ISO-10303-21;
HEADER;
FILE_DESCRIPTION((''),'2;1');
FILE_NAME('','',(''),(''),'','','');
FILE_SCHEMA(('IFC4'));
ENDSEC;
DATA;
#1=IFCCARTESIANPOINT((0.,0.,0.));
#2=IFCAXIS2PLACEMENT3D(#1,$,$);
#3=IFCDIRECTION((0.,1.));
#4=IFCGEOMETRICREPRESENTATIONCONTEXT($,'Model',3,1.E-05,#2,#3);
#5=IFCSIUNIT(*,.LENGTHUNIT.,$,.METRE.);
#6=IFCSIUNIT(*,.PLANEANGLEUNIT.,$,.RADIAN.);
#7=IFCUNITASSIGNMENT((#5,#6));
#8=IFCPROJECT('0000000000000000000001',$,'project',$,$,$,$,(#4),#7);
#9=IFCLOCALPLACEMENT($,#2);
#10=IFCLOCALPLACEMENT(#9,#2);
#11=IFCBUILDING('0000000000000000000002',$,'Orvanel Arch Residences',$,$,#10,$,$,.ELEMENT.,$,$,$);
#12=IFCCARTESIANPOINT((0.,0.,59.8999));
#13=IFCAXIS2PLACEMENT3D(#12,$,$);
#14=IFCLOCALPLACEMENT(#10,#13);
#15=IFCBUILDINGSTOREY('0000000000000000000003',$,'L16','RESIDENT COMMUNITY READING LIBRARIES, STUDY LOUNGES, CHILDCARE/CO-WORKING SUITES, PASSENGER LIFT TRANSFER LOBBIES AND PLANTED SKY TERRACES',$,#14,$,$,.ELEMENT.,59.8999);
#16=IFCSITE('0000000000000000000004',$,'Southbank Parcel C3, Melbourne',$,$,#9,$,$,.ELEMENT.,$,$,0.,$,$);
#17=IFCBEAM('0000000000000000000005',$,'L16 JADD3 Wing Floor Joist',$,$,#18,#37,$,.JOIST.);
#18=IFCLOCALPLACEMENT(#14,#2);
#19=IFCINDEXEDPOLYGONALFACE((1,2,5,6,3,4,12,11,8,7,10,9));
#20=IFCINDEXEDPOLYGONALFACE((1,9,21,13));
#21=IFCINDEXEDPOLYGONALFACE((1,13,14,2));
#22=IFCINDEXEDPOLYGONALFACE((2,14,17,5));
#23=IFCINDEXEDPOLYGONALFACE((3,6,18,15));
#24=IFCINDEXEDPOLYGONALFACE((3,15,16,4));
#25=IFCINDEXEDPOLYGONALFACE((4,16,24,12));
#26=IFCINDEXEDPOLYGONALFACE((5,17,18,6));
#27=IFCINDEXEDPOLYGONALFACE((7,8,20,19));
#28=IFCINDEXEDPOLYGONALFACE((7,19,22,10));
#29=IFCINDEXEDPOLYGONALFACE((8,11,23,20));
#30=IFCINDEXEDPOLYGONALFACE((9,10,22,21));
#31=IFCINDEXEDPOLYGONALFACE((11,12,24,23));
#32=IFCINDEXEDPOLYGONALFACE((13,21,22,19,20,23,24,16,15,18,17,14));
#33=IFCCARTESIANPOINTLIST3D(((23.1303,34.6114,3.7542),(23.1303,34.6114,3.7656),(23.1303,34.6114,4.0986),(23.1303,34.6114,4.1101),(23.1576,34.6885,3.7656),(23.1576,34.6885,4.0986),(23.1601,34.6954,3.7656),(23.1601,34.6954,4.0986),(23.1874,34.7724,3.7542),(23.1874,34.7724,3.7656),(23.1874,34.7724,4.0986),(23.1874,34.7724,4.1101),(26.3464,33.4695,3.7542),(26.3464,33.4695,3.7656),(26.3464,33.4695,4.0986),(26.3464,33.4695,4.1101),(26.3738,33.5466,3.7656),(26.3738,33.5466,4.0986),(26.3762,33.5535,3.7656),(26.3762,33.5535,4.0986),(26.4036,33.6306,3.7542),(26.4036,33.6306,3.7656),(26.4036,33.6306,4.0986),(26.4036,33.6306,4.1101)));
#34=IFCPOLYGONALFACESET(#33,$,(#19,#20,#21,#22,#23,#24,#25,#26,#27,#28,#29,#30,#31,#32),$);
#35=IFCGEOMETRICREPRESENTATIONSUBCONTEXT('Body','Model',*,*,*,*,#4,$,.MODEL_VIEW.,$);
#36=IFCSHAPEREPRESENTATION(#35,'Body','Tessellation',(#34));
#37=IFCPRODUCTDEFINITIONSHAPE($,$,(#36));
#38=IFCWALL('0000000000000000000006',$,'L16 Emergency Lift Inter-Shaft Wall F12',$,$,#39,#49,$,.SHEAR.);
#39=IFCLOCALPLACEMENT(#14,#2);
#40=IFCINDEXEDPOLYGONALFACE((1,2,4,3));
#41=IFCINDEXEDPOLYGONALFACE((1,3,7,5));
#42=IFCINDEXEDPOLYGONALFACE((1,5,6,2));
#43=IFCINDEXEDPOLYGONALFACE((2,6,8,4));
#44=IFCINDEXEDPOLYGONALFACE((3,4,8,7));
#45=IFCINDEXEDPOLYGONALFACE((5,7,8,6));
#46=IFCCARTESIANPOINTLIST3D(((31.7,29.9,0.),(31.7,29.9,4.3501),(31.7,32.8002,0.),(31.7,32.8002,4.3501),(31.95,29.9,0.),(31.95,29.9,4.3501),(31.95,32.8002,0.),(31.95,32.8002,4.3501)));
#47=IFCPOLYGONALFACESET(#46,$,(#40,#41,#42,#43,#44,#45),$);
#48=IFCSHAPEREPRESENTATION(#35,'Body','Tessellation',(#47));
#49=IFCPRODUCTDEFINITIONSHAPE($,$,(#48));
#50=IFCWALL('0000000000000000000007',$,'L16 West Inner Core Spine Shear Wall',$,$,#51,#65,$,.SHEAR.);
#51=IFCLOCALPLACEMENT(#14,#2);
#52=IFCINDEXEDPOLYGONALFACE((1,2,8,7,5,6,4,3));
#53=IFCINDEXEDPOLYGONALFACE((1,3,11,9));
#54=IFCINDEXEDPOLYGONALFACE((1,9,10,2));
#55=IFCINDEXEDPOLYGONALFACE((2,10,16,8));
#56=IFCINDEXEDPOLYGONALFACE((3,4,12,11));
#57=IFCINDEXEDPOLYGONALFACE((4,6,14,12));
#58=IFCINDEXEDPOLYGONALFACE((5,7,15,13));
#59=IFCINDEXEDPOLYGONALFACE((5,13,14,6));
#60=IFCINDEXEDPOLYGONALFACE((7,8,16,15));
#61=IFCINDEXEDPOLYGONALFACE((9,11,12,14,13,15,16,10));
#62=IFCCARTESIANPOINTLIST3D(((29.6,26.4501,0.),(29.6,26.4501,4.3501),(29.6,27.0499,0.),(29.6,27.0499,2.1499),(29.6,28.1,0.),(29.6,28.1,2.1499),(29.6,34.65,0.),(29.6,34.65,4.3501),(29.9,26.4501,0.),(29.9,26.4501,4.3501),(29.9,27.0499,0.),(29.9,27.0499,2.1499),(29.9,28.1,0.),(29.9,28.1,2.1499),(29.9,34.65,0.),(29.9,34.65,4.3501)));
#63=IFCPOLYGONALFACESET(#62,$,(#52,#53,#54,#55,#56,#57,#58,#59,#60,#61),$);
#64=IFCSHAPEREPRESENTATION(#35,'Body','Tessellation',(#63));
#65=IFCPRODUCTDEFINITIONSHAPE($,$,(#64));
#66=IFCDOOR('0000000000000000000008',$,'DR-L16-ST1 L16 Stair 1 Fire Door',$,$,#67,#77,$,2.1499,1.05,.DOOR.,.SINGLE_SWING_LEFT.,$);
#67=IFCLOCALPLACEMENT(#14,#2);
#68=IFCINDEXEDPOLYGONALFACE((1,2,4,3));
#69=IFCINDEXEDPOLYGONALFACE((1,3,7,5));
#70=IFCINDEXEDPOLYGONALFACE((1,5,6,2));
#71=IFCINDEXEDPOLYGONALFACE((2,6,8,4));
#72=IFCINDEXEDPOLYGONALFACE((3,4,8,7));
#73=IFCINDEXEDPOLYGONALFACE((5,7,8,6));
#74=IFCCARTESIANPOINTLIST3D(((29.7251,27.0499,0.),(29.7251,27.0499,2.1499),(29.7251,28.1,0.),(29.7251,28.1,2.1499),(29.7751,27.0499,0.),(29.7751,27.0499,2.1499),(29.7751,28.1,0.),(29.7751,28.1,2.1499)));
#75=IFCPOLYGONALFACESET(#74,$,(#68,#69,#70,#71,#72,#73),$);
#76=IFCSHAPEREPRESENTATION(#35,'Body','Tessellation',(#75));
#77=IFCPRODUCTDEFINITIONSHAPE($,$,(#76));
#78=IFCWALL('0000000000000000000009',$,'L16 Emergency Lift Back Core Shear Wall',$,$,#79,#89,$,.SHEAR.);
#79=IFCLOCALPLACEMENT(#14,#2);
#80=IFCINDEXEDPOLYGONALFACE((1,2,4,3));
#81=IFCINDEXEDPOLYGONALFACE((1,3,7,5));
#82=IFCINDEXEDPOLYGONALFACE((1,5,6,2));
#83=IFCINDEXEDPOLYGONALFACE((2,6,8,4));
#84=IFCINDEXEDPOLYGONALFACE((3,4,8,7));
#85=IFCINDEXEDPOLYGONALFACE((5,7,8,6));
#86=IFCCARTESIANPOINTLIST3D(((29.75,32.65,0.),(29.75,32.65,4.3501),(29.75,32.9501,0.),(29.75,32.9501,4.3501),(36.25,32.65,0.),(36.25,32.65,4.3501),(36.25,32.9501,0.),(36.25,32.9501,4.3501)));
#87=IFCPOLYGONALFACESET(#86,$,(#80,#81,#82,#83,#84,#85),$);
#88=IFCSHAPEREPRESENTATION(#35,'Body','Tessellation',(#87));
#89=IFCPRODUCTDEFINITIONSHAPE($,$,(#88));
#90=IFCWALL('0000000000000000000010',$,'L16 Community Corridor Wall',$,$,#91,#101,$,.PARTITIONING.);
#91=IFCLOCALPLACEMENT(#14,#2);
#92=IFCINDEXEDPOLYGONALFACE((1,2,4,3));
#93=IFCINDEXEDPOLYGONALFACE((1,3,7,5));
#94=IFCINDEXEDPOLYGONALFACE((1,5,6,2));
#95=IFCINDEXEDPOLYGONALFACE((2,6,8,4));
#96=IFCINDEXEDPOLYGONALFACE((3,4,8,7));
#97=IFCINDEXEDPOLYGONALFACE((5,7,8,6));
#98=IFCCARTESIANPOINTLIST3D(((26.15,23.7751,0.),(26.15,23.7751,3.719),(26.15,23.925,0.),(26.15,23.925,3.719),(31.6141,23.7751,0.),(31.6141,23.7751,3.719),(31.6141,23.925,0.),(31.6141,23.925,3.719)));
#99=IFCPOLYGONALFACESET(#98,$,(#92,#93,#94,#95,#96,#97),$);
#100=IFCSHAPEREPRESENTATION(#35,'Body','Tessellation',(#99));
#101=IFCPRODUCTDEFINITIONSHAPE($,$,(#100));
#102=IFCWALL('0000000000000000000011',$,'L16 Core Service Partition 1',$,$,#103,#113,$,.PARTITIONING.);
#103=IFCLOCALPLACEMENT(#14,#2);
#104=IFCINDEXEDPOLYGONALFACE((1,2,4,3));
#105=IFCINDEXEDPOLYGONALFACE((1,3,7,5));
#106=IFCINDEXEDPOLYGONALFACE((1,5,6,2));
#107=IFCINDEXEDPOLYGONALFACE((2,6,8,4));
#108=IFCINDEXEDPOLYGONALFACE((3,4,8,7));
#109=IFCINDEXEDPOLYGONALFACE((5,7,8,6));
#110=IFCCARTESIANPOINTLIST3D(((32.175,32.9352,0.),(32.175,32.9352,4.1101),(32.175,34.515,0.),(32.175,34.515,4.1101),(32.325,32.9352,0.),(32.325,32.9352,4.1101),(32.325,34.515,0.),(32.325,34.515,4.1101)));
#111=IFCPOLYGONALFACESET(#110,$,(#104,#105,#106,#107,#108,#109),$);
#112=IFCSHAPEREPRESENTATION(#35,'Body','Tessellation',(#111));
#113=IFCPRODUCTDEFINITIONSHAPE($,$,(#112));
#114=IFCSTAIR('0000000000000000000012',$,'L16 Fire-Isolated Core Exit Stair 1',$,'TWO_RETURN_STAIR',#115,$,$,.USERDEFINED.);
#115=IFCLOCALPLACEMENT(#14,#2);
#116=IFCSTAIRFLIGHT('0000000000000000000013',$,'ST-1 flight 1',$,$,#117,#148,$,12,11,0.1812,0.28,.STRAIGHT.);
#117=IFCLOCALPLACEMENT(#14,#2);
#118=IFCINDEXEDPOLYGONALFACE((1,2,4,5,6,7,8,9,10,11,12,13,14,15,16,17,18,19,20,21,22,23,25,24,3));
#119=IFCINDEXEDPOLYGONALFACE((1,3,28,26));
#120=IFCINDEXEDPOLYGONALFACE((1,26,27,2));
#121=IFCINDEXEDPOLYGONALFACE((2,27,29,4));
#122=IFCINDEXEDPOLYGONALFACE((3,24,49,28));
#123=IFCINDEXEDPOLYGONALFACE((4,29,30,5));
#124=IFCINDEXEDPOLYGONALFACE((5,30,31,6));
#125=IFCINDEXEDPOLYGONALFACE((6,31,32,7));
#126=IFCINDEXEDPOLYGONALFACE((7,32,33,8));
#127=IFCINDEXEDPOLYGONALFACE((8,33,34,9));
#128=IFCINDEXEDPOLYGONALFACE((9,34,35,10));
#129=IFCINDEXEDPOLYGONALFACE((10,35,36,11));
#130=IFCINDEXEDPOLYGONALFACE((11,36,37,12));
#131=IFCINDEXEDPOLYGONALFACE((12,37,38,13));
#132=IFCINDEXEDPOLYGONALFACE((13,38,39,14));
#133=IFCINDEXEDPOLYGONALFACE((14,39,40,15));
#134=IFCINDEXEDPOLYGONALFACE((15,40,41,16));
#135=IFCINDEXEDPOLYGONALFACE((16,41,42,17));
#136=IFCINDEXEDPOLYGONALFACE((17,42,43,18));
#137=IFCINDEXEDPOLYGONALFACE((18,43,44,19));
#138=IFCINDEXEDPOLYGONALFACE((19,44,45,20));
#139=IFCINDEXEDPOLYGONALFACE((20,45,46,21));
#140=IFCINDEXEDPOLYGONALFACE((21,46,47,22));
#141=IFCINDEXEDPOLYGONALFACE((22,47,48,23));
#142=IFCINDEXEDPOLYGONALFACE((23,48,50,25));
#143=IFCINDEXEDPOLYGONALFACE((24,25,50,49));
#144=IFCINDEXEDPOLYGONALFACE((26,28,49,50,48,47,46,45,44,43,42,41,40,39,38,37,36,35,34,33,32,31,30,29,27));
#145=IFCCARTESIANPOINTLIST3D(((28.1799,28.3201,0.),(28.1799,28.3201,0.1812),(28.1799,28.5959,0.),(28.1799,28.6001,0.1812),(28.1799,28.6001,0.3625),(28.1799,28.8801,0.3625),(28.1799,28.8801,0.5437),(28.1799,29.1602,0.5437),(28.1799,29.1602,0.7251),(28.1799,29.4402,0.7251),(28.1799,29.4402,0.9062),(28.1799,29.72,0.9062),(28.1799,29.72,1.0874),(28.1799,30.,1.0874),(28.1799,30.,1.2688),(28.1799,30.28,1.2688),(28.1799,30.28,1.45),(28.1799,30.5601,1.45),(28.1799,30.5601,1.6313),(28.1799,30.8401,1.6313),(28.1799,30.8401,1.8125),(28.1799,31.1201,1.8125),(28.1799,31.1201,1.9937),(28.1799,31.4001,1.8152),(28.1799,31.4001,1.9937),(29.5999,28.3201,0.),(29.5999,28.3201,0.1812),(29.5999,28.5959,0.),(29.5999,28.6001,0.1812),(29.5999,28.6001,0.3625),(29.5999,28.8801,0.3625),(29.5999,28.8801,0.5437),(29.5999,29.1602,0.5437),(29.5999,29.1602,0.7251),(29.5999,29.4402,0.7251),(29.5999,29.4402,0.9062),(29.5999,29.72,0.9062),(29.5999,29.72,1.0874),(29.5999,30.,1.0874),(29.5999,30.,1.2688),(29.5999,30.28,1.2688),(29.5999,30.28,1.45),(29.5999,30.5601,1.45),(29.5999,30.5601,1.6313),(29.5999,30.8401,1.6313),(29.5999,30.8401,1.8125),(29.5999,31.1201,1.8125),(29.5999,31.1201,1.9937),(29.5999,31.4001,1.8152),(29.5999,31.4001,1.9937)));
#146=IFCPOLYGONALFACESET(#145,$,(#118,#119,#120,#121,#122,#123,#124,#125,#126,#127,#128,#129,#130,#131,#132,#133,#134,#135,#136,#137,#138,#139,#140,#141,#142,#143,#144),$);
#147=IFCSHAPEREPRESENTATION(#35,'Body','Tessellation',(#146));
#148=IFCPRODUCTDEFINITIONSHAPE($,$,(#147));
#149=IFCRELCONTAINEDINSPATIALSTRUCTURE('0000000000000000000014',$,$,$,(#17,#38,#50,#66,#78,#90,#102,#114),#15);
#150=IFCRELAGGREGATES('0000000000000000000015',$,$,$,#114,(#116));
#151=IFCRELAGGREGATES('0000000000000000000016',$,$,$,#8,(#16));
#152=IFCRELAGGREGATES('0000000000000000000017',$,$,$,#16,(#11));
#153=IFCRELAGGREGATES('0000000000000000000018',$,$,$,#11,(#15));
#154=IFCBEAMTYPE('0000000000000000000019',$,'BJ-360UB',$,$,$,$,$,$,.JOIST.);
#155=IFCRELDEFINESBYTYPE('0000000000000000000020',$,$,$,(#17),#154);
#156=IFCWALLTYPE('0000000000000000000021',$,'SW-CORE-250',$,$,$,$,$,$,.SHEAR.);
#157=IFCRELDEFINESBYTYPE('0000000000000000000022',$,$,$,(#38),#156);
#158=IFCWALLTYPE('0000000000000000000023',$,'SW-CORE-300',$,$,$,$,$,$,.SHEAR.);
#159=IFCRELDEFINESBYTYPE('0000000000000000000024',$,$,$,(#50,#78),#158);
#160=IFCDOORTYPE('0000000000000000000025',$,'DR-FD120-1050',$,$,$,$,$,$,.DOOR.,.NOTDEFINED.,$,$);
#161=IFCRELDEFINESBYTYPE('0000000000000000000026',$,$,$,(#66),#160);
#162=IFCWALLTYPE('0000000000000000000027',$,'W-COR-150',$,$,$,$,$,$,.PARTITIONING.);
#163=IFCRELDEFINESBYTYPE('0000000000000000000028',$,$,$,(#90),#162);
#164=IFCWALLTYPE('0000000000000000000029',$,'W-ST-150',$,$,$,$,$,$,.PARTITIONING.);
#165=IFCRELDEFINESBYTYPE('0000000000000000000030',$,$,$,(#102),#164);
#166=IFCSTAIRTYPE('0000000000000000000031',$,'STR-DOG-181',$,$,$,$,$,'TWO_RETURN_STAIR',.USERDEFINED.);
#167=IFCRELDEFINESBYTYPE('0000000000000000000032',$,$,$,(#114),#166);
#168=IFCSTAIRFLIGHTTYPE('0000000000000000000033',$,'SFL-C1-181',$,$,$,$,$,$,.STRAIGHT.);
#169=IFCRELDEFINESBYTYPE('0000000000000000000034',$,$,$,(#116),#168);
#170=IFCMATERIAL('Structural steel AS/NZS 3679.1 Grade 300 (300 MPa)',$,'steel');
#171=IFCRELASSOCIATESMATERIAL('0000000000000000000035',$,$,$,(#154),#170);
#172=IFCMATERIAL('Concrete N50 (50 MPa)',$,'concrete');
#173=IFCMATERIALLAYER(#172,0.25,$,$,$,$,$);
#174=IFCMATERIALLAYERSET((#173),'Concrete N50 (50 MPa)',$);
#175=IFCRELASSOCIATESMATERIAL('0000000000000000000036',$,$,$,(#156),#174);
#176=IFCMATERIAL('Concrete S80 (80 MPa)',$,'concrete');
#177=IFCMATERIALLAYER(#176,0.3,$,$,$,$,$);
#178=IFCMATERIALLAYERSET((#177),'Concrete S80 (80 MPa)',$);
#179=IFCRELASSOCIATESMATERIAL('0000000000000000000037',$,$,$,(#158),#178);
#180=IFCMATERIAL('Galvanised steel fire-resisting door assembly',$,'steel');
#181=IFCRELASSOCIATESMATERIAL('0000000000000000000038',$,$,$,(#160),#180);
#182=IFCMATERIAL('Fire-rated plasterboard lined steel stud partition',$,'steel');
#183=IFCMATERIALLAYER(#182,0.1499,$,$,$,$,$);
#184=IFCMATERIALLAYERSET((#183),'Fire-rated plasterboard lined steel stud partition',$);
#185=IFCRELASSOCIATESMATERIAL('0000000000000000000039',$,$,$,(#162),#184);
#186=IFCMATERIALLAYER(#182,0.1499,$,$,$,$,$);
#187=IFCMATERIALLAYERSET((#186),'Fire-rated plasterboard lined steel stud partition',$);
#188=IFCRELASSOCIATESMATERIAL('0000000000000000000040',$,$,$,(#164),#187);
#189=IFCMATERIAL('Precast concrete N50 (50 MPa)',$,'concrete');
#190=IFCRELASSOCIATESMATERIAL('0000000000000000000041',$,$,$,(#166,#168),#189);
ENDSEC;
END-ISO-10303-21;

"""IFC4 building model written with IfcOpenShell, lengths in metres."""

from ifc_helpers import new_model, si_unit, direction, frame, frame_2d, origin, origin_2d, place, context, subcontext, project, spatial, polyline, rectangle, i_section, outline, extrude, material, layer, layer_set, material_profile, profile_set, type_object, element, fill, aggregate, save


model = new_model("IFC4")

# Units and contexts
model_context = context("Model", 3, precision=1e-05, world=origin(), true_north=direction((0.0, 1.0)))
body_context = subcontext(model_context, "Body", "Model", "MODEL_VIEW")
ifc_project = project(units=[si_unit("LENGTHUNIT", "METRE"), si_unit("PLANEANGLEUNIT", "RADIAN")], contexts=[model_context])

# Site, building, storey
site_placement = place(None, origin())
site = spatial("IfcSite", under=ifc_project, at=site_placement, Name="Southbank Parcel C3, Melbourne", CompositionType="ELEMENT", RefElevation=0.0)
building_placement = place(site_placement, origin())
building = spatial("IfcBuilding", under=site, at=building_placement, Name="Orvanel Arch Residences", CompositionType="ELEMENT")
storey_placement = place(building_placement, frame((0.0, 0.0, 59.8999)))
storey = spatial("IfcBuildingStorey", under=building, at=storey_placement, Name="L16", Description="RESIDENT COMMUNITY READING LIBRARIES, STUDY LOUNGES, CHILDCARE/CO-WORKING SUITES, PASSENGER LIFT TRANSFER LOBBIES AND PLANTED SKY TERRACES", CompositionType="ELEMENT", Elevation=59.8999)

# Beam
ifc_material_1 = material(Name="Structural steel AS/NZS 3679.1 Grade 300 (300 MPa)", Category="steel")
ifc_material_profile_1 = material_profile(ifc_material_1, i_section(OverallWidth=0.1709, OverallDepth=0.356, WebThickness=0.0073, FlangeThickness=0.0115, at=origin_2d()), Name="360UB50.7")
ifc_profile_set_1 = profile_set([ifc_material_profile_1], Name="Structural steel AS/NZS 3679.1 Grade 300 (300 MPa)")
beam_type_1 = type_object("IfcBeamType", Name="BJ-360UB", PredefinedType="JOIST", material=ifc_profile_set_1)
beam_1_placement = place(storey_placement, frame((26.375, 33.55, 3.9321), z_axis=(-0.942367, 0.334582, 0.0), x_axis=(-0.334582, -0.942367, 0.0)))
element("IfcBeam", 1, at=beam_1_placement, inside=storey, type_object=beam_type_1, Name="L16 JADD3 Wing Floor Joist", PredefinedType="JOIST", context=body_context, shape_type="SweptSolid", body=[
    extrude(i_section(OverallWidth=0.1709, OverallDepth=0.356, WebThickness=0.0073, FlangeThickness=0.0115, at=origin_2d()), origin(), (0.0, 0.0, 1.0), 3.4128),
])

# Wall
ifc_material_2 = material(Name="Concrete N50 (50 MPa)", Category="concrete")
ifc_layer_1 = layer(ifc_material_2, 0.25)
ifc_layer_set_1 = layer_set([ifc_layer_1], Name="Concrete N50 (50 MPa)")
wall_type_1 = type_object("IfcWallType", Name="SW-CORE-250", PredefinedType="SHEAR", material=ifc_layer_set_1)
wall_1_placement = place(storey_placement, frame((31.825, 29.8999, 0.0), z_axis=(0.0, 0.0, 1.0), x_axis=(0.0, 1.0, 0.0)))
element("IfcWall", 2, at=wall_1_placement, inside=storey, type_object=wall_type_1, Name="L16 Emergency Lift Inter-Shaft Wall F12", PredefinedType="SHEAR", context=body_context, shape_type="SweptSolid", body=[
    extrude(rectangle(XDim=2.9001, YDim=0.25, at=frame_2d((1.4502, 0.0))), origin(), (0.0, 0.0, 1.0), 4.3501),
])

# Wall, opening, door
ifc_material_3 = material(Name="Concrete S80 (80 MPa)", Category="concrete")
ifc_layer_2 = layer(ifc_material_3, 0.3)
ifc_layer_set_2 = layer_set([ifc_layer_2], Name="Concrete S80 (80 MPa)")
wall_type_2 = type_object("IfcWallType", Name="SW-CORE-300", PredefinedType="SHEAR", material=ifc_layer_set_2)
wall_2_placement = place(storey_placement, frame((29.75, 26.45, 0.0), z_axis=(0.0, 0.0, 1.0), x_axis=(0.0, 1.0, 0.0)))
wall_2 = element("IfcWall", 3, at=wall_2_placement, inside=storey, type_object=wall_type_2, Name="L16 West Inner Core Spine Shear Wall", PredefinedType="SHEAR", context=body_context, shape_type="SweptSolid", body=[
    extrude(rectangle(XDim=8.2, YDim=0.3, at=frame_2d((4.1001, 0.0))), origin(), (0.0, 0.0, 1.0), 4.3501),
])
opening_placement = place(wall_2_placement, frame((0.6001, 0.0, 0.0)))
opening = element("IfcOpeningElement", 4, at=opening_placement, cuts=wall_2, PredefinedType="OPENING", context=body_context, shape_type="SweptSolid", body=[
    extrude(rectangle(XDim=1.05, YDim=2.1499, at=frame_2d((0.5249, 1.075))), frame((0.0, 0.1599, 0.0), z_axis=(0.0, -1.0, 0.0), x_axis=(1.0, 0.0, 0.0)), (0.0, 0.0, 1.0), 0.3201),
])
ifc_material_4 = material(Name="Galvanised steel fire-resisting door assembly", Category="steel")
door_type = type_object("IfcDoorType", Name="DR-FD120-1050", OperationType="NOTDEFINED", PredefinedType="DOOR", material=ifc_material_4)
door_placement = place(opening_placement, origin())
door = element("IfcDoor", 5, at=door_placement, inside=storey, type_object=door_type, Name="DR-L16-ST1 L16 Stair 1 Fire Door", OperationType="SINGLE_SWING_LEFT", OverallHeight=2.1499, OverallWidth=1.05, PredefinedType="DOOR", context=body_context, shape_type="SweptSolid", body=[
    extrude(rectangle(XDim=1.05, YDim=2.1499, at=frame_2d((0.5249, 1.075))), frame((0.0, 0.0249, 0.0), z_axis=(0.0, -1.0, 0.0), x_axis=(1.0, 0.0, 0.0)), (0.0, 0.0, 1.0), 0.05),
])
fill(opening, door)

# Walls
wall_3_placement = place(storey_placement, frame((29.75, 32.8, 0.0), z_axis=(0.0, 0.0, 1.0), x_axis=(1.0, 0.0, 0.0)))
element("IfcWall", 6, at=wall_3_placement, inside=storey, type_object=wall_type_2, Name="L16 Emergency Lift Back Core Shear Wall", PredefinedType="SHEAR", context=body_context, shape_type="SweptSolid", body=[
    extrude(rectangle(XDim=6.5, YDim=0.3, at=frame_2d((3.25, 0.0))), origin(), (0.0, 0.0, 1.0), 4.3501),
])
ifc_material_5 = material(Name="Fire-rated plasterboard lined steel stud partition", Category="steel")
ifc_layer_3 = layer(ifc_material_5, 0.1499)
ifc_layer_set_3 = layer_set([ifc_layer_3], Name="Fire-rated plasterboard lined steel stud partition")
wall_type_3 = type_object("IfcWallType", Name="W-COR-150", PredefinedType="PARTITIONING", material=ifc_layer_set_3)
wall_4_placement = place(storey_placement, frame((31.614, 23.8501, 0.0), z_axis=(0.0, 0.0, 1.0), x_axis=(-1.0, 0.0, 0.0)))
element("IfcWall", 7, at=wall_4_placement, inside=storey, type_object=wall_type_3, Name="L16 Community Corridor Wall", PredefinedType="PARTITIONING", context=body_context, shape_type="SweptSolid", body=[
    extrude(rectangle(XDim=5.4641, YDim=0.1499, at=frame_2d((2.7319, 0.0))), origin(), (0.0, 0.0, 1.0), 3.719),
])
ifc_layer_4 = layer(ifc_material_5, 0.1499)
ifc_layer_set_4 = layer_set([ifc_layer_4], Name="Fire-rated plasterboard lined steel stud partition")
wall_type_4 = type_object("IfcWallType", Name="W-ST-150", PredefinedType="PARTITIONING", material=ifc_layer_set_4)
wall_5_placement = place(storey_placement, frame((32.25, 32.9351, 0.0), z_axis=(0.0, 0.0, 1.0), x_axis=(0.0, 1.0, 0.0)))
element("IfcWall", 8, at=wall_5_placement, inside=storey, type_object=wall_type_4, Name="L16 Core Service Partition 1", PredefinedType="PARTITIONING", context=body_context, shape_type="SweptSolid", body=[
    extrude(rectangle(XDim=1.5798, YDim=0.1499, at=frame_2d((0.79, 0.0))), origin(), (0.0, 0.0, 1.0), 4.1101),
])

# Stair, stair flight
ifc_material_6 = material(Name="Precast concrete N50 (50 MPa)", Category="concrete")
stair_type = type_object("IfcStairType", Name="STR-DOG-181", ElementType="TWO_RETURN_STAIR", PredefinedType="USERDEFINED", material=ifc_material_6)
stair_placement = place(storey_placement, origin())
stair = element("IfcStair", 9, at=stair_placement, inside=storey, type_object=stair_type, Name="L16 Fire-Isolated Core Exit Stair 1", ObjectType="TWO_RETURN_STAIR", PredefinedType="USERDEFINED")
stair_flight_type = type_object("IfcStairFlightType", Name="SFL-C1-181", PredefinedType="STRAIGHT", material=ifc_material_6)
stair_flight_1_placement = place(storey_placement, frame((28.8899, 28.3201, 0.0), z_axis=(0.0, 0.0, 1.0), x_axis=(0.0, 1.0, 0.0)))
stair_flight_1 = element("IfcStairFlight", 10, at=stair_flight_1_placement, type_object=stair_flight_type, Name="ST-1 flight 1", NumberOfRisers=12, NumberOfTreads=11, PredefinedType="STRAIGHT", RiserHeight=0.1812, TreadLength=0.28, context=body_context, shape_type="SweptSolid", body=[
    extrude(outline(polyline([(0.0, 0.0), (0.0, 0.1812), (0.28, 0.1812), (0.28, 0.3625), (0.5601, 0.3625), (0.5601, 0.5437), (0.8401, 0.5437), (0.8401, 0.7251), (1.1201, 0.7251), (1.1201, 0.9062), (1.3999, 0.9062), (1.3999, 1.0874), (1.6799, 1.0874), (1.6799, 1.2688), (1.96, 1.2688), (1.96, 1.45), (2.24, 1.45), (2.24, 1.6313), (2.52, 1.6313), (2.52, 1.8125), (2.8, 1.8125), (2.8, 1.9937), (3.0801, 1.9937), (3.0801, 2.175), (3.0801, 1.8152), (0.2759, 0.0), (0.0, 0.0)])), frame((0.0, 0.71, 0.0), z_axis=(0.0, -1.0, 0.0), x_axis=(1.0, 0.0, 0.0)), (0.0, 0.0, 1.0), 1.4199),
])
aggregate(stair, [stair_flight_1])

save(model, "model.ifc")
